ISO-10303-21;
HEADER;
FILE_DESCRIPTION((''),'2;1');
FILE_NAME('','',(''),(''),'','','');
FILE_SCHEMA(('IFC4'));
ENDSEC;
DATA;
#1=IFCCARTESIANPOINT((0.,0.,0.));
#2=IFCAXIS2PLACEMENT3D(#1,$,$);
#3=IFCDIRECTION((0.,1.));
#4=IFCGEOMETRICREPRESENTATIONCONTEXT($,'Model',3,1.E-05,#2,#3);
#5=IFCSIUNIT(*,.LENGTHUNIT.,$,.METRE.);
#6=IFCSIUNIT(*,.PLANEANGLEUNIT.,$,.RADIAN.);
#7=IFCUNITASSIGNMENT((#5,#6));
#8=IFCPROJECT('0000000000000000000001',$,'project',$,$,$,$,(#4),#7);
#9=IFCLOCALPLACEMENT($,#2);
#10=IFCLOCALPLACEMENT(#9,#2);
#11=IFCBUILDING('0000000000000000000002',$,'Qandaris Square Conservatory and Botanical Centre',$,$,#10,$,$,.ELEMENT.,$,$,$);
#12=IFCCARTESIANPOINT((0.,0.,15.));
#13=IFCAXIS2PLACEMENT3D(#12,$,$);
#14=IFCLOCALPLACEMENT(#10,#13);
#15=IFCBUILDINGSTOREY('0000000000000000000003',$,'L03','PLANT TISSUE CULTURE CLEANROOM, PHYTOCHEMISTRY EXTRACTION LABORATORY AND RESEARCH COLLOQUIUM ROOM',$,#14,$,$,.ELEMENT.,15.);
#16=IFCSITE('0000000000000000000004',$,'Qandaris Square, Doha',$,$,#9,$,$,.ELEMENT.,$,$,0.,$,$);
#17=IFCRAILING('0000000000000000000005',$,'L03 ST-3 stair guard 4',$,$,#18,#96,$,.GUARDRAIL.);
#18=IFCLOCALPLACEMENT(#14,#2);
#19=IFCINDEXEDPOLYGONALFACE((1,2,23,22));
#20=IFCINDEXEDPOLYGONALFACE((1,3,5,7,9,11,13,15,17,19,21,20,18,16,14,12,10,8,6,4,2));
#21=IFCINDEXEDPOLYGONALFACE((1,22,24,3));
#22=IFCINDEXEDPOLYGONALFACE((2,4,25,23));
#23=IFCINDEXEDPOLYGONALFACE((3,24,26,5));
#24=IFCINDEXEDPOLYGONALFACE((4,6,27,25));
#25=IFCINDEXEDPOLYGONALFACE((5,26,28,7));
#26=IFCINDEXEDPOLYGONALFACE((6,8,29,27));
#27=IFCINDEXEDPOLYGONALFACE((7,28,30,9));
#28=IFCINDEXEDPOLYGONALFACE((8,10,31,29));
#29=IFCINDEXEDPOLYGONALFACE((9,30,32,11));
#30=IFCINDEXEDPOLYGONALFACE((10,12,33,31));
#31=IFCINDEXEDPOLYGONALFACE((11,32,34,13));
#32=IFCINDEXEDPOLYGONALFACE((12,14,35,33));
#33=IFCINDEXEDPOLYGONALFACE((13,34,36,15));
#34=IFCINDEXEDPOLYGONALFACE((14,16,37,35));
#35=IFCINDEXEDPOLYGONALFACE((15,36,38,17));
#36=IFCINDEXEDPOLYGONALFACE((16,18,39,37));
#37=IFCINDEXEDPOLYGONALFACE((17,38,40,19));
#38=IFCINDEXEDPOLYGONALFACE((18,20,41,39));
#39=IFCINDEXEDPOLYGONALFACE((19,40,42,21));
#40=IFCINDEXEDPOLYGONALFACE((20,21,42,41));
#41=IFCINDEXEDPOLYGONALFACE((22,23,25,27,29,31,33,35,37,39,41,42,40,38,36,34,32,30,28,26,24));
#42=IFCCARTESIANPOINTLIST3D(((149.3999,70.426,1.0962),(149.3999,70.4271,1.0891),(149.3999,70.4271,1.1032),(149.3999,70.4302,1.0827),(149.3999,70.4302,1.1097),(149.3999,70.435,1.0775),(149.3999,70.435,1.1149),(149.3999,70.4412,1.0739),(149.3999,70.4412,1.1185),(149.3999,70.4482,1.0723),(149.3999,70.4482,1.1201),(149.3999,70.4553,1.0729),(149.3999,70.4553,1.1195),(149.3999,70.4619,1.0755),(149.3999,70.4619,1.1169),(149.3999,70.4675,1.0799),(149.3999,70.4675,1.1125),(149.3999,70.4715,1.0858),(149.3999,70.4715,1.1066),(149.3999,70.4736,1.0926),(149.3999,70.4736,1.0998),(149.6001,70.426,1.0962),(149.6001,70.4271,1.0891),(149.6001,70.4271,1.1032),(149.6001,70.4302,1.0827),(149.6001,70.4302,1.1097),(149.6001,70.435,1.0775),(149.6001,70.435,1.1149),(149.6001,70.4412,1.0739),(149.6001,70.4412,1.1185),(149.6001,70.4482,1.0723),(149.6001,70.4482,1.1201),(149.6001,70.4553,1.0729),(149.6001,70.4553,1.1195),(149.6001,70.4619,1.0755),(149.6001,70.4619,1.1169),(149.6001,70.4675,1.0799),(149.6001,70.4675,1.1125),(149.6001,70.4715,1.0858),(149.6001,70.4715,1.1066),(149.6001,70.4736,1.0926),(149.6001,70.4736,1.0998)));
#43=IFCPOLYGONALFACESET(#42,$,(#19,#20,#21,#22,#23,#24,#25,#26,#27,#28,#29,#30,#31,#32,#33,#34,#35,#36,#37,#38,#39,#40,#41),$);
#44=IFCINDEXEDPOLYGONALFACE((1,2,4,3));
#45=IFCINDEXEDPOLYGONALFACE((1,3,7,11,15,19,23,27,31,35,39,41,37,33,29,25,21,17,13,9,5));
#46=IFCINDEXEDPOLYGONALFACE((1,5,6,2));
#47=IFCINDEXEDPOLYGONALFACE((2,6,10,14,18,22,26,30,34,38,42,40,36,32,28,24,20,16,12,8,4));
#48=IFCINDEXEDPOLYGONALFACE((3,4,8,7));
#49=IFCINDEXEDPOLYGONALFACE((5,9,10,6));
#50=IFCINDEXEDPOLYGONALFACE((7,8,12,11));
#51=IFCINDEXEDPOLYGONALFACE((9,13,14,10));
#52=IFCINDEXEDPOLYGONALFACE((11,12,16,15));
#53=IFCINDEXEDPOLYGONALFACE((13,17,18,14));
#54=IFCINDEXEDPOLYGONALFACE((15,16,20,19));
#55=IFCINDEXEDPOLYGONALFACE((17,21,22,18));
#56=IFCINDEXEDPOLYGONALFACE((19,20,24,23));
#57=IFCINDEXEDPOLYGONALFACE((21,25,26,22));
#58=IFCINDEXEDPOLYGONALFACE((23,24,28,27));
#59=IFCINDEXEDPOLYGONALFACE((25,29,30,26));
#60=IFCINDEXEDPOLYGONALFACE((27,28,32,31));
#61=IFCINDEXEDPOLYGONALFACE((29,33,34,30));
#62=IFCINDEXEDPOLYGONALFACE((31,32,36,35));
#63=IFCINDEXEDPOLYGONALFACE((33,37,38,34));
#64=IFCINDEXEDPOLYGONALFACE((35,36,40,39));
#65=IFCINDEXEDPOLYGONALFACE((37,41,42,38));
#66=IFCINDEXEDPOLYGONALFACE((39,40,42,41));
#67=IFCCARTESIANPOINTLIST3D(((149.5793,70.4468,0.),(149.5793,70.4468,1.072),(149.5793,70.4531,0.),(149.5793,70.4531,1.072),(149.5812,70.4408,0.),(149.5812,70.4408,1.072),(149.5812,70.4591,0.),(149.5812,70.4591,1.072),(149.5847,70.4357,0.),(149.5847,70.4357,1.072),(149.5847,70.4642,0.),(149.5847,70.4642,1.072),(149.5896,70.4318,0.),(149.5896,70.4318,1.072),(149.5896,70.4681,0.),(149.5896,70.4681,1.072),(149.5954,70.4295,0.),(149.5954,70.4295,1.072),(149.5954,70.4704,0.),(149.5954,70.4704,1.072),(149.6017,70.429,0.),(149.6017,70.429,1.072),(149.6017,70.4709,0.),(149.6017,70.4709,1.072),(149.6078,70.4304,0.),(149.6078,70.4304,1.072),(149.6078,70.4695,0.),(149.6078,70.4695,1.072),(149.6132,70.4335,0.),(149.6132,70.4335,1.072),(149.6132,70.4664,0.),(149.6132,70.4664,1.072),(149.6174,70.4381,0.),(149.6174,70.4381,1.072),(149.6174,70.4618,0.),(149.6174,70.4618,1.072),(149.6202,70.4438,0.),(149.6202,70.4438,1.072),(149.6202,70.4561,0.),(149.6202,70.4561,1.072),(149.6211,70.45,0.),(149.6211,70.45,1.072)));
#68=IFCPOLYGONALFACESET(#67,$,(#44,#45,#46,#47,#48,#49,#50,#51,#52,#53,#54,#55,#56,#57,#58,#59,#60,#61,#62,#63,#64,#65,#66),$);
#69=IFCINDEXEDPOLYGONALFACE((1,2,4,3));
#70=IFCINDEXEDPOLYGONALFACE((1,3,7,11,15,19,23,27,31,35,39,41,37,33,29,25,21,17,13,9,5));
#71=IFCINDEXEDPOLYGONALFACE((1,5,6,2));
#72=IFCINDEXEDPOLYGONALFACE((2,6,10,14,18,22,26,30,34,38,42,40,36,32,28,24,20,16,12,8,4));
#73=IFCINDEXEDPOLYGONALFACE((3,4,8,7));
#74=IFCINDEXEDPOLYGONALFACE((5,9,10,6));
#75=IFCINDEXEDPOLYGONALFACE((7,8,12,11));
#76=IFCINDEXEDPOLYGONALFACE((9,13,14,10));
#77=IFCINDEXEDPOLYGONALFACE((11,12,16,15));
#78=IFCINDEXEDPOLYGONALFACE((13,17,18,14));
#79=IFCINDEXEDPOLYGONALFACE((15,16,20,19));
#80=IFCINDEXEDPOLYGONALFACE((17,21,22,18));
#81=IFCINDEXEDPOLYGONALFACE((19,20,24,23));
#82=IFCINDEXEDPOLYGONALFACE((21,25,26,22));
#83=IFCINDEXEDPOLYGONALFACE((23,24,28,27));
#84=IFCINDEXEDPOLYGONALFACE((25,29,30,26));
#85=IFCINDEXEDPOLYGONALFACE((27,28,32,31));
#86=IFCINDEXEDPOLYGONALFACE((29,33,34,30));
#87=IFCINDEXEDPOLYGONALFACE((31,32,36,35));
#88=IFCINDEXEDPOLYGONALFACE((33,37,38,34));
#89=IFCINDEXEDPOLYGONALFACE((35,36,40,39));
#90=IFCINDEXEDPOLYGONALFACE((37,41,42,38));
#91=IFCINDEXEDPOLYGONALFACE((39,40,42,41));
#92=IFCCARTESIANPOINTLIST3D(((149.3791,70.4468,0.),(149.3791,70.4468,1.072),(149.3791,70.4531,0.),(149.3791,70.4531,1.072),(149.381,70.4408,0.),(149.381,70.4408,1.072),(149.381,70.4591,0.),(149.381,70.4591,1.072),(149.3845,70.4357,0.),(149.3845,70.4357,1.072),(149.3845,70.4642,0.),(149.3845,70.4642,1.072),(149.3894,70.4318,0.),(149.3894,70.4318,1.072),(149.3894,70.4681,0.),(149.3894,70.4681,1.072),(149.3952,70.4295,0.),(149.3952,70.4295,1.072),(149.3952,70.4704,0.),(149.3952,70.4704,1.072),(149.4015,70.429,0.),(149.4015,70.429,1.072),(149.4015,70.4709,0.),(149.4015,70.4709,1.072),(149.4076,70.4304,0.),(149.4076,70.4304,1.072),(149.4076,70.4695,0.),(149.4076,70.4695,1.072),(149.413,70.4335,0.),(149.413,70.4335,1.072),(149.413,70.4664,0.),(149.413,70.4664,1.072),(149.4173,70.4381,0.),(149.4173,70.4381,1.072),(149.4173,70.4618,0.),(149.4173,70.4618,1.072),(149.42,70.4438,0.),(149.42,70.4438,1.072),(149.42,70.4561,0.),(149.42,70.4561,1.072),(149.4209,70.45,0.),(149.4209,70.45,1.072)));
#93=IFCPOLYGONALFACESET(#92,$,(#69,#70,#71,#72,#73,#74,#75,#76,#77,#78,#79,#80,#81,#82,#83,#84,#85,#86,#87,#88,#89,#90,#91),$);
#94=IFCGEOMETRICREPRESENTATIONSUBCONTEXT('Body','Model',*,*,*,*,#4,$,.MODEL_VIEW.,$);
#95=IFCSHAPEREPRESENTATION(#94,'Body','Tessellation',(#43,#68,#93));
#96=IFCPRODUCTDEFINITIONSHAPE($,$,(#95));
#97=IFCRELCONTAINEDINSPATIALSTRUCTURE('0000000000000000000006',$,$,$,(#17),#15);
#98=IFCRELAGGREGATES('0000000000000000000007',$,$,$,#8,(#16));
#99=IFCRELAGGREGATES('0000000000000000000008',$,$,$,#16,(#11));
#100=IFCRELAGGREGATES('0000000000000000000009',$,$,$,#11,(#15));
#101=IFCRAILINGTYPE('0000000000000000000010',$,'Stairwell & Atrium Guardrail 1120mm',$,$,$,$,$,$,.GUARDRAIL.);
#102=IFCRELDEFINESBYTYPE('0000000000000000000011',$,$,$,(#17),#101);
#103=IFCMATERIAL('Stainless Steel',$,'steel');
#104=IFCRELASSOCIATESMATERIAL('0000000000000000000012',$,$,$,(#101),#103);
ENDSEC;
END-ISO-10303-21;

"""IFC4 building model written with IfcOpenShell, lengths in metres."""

from ifc_helpers import new_model, si_unit, direction, frame, origin, origin_2d, place, context, subcontext, project, spatial, circle, extrude, material, type_object, element, save


model = new_model("IFC4")

# Units and contexts
model_context = context("Model", 3, precision=1e-05, world=origin(), true_north=direction((0.0, 1.0)))
body_context = subcontext(model_context, "Body", "Model", "MODEL_VIEW")
ifc_project = project(units=[si_unit("LENGTHUNIT", "METRE"), si_unit("PLANEANGLEUNIT", "RADIAN")], contexts=[model_context])

# Site, building, storey
site_placement = place(None, origin())
site = spatial("IfcSite", under=ifc_project, at=site_placement, Name="Qandaris Square, Doha", CompositionType="ELEMENT", RefElevation=0.0)
building_placement = place(site_placement, origin())
building = spatial("IfcBuilding", under=site, at=building_placement, Name="Qandaris Square Conservatory and Botanical Centre", CompositionType="ELEMENT")
storey_placement = place(building_placement, frame((0.0, 0.0, 15.0)))
storey = spatial("IfcBuildingStorey", under=building, at=storey_placement, Name="L03", Description="PLANT TISSUE CULTURE CLEANROOM, PHYTOCHEMISTRY EXTRACTION LABORATORY AND RESEARCH COLLOQUIUM ROOM", CompositionType="ELEMENT", Elevation=15.0)

# Railing
ifc_material_1 = material(Name="Stainless Steel", Category="steel")
railing_type_1 = type_object("IfcRailingType", Name="Stairwell & Atrium Guardrail 1120mm", PredefinedType="GUARDRAIL", material=ifc_material_1)
railing_1_placement = place(storey_placement, frame((149.6001, 70.45, 0.0)))
element("IfcRailing", 1, at=railing_1_placement, inside=storey, type_object=railing_type_1, Name="L03 ST-3 stair guard 4", PredefinedType="GUARDRAIL", context=body_context, shape_type="SweptSolid", body=[
    extrude(circle(Radius=0.0239, at=origin_2d()), frame((0.0, 0.0, 1.0962), z_axis=(-1.0, 0.0, 0.0), x_axis=(0.0, -1.0, 0.0)), (0.0, 0.0, 1.0), 0.2002),
    extrude(circle(Radius=0.021, at=origin_2d()), origin(), (0.0, 0.0, 1.0), 1.072),
    extrude(circle(Radius=0.021, at=origin_2d()), frame((-0.2002, 0.0, 0.0)), (0.0, 0.0, 1.0), 1.072),
])

save(model, "model.ifc")
